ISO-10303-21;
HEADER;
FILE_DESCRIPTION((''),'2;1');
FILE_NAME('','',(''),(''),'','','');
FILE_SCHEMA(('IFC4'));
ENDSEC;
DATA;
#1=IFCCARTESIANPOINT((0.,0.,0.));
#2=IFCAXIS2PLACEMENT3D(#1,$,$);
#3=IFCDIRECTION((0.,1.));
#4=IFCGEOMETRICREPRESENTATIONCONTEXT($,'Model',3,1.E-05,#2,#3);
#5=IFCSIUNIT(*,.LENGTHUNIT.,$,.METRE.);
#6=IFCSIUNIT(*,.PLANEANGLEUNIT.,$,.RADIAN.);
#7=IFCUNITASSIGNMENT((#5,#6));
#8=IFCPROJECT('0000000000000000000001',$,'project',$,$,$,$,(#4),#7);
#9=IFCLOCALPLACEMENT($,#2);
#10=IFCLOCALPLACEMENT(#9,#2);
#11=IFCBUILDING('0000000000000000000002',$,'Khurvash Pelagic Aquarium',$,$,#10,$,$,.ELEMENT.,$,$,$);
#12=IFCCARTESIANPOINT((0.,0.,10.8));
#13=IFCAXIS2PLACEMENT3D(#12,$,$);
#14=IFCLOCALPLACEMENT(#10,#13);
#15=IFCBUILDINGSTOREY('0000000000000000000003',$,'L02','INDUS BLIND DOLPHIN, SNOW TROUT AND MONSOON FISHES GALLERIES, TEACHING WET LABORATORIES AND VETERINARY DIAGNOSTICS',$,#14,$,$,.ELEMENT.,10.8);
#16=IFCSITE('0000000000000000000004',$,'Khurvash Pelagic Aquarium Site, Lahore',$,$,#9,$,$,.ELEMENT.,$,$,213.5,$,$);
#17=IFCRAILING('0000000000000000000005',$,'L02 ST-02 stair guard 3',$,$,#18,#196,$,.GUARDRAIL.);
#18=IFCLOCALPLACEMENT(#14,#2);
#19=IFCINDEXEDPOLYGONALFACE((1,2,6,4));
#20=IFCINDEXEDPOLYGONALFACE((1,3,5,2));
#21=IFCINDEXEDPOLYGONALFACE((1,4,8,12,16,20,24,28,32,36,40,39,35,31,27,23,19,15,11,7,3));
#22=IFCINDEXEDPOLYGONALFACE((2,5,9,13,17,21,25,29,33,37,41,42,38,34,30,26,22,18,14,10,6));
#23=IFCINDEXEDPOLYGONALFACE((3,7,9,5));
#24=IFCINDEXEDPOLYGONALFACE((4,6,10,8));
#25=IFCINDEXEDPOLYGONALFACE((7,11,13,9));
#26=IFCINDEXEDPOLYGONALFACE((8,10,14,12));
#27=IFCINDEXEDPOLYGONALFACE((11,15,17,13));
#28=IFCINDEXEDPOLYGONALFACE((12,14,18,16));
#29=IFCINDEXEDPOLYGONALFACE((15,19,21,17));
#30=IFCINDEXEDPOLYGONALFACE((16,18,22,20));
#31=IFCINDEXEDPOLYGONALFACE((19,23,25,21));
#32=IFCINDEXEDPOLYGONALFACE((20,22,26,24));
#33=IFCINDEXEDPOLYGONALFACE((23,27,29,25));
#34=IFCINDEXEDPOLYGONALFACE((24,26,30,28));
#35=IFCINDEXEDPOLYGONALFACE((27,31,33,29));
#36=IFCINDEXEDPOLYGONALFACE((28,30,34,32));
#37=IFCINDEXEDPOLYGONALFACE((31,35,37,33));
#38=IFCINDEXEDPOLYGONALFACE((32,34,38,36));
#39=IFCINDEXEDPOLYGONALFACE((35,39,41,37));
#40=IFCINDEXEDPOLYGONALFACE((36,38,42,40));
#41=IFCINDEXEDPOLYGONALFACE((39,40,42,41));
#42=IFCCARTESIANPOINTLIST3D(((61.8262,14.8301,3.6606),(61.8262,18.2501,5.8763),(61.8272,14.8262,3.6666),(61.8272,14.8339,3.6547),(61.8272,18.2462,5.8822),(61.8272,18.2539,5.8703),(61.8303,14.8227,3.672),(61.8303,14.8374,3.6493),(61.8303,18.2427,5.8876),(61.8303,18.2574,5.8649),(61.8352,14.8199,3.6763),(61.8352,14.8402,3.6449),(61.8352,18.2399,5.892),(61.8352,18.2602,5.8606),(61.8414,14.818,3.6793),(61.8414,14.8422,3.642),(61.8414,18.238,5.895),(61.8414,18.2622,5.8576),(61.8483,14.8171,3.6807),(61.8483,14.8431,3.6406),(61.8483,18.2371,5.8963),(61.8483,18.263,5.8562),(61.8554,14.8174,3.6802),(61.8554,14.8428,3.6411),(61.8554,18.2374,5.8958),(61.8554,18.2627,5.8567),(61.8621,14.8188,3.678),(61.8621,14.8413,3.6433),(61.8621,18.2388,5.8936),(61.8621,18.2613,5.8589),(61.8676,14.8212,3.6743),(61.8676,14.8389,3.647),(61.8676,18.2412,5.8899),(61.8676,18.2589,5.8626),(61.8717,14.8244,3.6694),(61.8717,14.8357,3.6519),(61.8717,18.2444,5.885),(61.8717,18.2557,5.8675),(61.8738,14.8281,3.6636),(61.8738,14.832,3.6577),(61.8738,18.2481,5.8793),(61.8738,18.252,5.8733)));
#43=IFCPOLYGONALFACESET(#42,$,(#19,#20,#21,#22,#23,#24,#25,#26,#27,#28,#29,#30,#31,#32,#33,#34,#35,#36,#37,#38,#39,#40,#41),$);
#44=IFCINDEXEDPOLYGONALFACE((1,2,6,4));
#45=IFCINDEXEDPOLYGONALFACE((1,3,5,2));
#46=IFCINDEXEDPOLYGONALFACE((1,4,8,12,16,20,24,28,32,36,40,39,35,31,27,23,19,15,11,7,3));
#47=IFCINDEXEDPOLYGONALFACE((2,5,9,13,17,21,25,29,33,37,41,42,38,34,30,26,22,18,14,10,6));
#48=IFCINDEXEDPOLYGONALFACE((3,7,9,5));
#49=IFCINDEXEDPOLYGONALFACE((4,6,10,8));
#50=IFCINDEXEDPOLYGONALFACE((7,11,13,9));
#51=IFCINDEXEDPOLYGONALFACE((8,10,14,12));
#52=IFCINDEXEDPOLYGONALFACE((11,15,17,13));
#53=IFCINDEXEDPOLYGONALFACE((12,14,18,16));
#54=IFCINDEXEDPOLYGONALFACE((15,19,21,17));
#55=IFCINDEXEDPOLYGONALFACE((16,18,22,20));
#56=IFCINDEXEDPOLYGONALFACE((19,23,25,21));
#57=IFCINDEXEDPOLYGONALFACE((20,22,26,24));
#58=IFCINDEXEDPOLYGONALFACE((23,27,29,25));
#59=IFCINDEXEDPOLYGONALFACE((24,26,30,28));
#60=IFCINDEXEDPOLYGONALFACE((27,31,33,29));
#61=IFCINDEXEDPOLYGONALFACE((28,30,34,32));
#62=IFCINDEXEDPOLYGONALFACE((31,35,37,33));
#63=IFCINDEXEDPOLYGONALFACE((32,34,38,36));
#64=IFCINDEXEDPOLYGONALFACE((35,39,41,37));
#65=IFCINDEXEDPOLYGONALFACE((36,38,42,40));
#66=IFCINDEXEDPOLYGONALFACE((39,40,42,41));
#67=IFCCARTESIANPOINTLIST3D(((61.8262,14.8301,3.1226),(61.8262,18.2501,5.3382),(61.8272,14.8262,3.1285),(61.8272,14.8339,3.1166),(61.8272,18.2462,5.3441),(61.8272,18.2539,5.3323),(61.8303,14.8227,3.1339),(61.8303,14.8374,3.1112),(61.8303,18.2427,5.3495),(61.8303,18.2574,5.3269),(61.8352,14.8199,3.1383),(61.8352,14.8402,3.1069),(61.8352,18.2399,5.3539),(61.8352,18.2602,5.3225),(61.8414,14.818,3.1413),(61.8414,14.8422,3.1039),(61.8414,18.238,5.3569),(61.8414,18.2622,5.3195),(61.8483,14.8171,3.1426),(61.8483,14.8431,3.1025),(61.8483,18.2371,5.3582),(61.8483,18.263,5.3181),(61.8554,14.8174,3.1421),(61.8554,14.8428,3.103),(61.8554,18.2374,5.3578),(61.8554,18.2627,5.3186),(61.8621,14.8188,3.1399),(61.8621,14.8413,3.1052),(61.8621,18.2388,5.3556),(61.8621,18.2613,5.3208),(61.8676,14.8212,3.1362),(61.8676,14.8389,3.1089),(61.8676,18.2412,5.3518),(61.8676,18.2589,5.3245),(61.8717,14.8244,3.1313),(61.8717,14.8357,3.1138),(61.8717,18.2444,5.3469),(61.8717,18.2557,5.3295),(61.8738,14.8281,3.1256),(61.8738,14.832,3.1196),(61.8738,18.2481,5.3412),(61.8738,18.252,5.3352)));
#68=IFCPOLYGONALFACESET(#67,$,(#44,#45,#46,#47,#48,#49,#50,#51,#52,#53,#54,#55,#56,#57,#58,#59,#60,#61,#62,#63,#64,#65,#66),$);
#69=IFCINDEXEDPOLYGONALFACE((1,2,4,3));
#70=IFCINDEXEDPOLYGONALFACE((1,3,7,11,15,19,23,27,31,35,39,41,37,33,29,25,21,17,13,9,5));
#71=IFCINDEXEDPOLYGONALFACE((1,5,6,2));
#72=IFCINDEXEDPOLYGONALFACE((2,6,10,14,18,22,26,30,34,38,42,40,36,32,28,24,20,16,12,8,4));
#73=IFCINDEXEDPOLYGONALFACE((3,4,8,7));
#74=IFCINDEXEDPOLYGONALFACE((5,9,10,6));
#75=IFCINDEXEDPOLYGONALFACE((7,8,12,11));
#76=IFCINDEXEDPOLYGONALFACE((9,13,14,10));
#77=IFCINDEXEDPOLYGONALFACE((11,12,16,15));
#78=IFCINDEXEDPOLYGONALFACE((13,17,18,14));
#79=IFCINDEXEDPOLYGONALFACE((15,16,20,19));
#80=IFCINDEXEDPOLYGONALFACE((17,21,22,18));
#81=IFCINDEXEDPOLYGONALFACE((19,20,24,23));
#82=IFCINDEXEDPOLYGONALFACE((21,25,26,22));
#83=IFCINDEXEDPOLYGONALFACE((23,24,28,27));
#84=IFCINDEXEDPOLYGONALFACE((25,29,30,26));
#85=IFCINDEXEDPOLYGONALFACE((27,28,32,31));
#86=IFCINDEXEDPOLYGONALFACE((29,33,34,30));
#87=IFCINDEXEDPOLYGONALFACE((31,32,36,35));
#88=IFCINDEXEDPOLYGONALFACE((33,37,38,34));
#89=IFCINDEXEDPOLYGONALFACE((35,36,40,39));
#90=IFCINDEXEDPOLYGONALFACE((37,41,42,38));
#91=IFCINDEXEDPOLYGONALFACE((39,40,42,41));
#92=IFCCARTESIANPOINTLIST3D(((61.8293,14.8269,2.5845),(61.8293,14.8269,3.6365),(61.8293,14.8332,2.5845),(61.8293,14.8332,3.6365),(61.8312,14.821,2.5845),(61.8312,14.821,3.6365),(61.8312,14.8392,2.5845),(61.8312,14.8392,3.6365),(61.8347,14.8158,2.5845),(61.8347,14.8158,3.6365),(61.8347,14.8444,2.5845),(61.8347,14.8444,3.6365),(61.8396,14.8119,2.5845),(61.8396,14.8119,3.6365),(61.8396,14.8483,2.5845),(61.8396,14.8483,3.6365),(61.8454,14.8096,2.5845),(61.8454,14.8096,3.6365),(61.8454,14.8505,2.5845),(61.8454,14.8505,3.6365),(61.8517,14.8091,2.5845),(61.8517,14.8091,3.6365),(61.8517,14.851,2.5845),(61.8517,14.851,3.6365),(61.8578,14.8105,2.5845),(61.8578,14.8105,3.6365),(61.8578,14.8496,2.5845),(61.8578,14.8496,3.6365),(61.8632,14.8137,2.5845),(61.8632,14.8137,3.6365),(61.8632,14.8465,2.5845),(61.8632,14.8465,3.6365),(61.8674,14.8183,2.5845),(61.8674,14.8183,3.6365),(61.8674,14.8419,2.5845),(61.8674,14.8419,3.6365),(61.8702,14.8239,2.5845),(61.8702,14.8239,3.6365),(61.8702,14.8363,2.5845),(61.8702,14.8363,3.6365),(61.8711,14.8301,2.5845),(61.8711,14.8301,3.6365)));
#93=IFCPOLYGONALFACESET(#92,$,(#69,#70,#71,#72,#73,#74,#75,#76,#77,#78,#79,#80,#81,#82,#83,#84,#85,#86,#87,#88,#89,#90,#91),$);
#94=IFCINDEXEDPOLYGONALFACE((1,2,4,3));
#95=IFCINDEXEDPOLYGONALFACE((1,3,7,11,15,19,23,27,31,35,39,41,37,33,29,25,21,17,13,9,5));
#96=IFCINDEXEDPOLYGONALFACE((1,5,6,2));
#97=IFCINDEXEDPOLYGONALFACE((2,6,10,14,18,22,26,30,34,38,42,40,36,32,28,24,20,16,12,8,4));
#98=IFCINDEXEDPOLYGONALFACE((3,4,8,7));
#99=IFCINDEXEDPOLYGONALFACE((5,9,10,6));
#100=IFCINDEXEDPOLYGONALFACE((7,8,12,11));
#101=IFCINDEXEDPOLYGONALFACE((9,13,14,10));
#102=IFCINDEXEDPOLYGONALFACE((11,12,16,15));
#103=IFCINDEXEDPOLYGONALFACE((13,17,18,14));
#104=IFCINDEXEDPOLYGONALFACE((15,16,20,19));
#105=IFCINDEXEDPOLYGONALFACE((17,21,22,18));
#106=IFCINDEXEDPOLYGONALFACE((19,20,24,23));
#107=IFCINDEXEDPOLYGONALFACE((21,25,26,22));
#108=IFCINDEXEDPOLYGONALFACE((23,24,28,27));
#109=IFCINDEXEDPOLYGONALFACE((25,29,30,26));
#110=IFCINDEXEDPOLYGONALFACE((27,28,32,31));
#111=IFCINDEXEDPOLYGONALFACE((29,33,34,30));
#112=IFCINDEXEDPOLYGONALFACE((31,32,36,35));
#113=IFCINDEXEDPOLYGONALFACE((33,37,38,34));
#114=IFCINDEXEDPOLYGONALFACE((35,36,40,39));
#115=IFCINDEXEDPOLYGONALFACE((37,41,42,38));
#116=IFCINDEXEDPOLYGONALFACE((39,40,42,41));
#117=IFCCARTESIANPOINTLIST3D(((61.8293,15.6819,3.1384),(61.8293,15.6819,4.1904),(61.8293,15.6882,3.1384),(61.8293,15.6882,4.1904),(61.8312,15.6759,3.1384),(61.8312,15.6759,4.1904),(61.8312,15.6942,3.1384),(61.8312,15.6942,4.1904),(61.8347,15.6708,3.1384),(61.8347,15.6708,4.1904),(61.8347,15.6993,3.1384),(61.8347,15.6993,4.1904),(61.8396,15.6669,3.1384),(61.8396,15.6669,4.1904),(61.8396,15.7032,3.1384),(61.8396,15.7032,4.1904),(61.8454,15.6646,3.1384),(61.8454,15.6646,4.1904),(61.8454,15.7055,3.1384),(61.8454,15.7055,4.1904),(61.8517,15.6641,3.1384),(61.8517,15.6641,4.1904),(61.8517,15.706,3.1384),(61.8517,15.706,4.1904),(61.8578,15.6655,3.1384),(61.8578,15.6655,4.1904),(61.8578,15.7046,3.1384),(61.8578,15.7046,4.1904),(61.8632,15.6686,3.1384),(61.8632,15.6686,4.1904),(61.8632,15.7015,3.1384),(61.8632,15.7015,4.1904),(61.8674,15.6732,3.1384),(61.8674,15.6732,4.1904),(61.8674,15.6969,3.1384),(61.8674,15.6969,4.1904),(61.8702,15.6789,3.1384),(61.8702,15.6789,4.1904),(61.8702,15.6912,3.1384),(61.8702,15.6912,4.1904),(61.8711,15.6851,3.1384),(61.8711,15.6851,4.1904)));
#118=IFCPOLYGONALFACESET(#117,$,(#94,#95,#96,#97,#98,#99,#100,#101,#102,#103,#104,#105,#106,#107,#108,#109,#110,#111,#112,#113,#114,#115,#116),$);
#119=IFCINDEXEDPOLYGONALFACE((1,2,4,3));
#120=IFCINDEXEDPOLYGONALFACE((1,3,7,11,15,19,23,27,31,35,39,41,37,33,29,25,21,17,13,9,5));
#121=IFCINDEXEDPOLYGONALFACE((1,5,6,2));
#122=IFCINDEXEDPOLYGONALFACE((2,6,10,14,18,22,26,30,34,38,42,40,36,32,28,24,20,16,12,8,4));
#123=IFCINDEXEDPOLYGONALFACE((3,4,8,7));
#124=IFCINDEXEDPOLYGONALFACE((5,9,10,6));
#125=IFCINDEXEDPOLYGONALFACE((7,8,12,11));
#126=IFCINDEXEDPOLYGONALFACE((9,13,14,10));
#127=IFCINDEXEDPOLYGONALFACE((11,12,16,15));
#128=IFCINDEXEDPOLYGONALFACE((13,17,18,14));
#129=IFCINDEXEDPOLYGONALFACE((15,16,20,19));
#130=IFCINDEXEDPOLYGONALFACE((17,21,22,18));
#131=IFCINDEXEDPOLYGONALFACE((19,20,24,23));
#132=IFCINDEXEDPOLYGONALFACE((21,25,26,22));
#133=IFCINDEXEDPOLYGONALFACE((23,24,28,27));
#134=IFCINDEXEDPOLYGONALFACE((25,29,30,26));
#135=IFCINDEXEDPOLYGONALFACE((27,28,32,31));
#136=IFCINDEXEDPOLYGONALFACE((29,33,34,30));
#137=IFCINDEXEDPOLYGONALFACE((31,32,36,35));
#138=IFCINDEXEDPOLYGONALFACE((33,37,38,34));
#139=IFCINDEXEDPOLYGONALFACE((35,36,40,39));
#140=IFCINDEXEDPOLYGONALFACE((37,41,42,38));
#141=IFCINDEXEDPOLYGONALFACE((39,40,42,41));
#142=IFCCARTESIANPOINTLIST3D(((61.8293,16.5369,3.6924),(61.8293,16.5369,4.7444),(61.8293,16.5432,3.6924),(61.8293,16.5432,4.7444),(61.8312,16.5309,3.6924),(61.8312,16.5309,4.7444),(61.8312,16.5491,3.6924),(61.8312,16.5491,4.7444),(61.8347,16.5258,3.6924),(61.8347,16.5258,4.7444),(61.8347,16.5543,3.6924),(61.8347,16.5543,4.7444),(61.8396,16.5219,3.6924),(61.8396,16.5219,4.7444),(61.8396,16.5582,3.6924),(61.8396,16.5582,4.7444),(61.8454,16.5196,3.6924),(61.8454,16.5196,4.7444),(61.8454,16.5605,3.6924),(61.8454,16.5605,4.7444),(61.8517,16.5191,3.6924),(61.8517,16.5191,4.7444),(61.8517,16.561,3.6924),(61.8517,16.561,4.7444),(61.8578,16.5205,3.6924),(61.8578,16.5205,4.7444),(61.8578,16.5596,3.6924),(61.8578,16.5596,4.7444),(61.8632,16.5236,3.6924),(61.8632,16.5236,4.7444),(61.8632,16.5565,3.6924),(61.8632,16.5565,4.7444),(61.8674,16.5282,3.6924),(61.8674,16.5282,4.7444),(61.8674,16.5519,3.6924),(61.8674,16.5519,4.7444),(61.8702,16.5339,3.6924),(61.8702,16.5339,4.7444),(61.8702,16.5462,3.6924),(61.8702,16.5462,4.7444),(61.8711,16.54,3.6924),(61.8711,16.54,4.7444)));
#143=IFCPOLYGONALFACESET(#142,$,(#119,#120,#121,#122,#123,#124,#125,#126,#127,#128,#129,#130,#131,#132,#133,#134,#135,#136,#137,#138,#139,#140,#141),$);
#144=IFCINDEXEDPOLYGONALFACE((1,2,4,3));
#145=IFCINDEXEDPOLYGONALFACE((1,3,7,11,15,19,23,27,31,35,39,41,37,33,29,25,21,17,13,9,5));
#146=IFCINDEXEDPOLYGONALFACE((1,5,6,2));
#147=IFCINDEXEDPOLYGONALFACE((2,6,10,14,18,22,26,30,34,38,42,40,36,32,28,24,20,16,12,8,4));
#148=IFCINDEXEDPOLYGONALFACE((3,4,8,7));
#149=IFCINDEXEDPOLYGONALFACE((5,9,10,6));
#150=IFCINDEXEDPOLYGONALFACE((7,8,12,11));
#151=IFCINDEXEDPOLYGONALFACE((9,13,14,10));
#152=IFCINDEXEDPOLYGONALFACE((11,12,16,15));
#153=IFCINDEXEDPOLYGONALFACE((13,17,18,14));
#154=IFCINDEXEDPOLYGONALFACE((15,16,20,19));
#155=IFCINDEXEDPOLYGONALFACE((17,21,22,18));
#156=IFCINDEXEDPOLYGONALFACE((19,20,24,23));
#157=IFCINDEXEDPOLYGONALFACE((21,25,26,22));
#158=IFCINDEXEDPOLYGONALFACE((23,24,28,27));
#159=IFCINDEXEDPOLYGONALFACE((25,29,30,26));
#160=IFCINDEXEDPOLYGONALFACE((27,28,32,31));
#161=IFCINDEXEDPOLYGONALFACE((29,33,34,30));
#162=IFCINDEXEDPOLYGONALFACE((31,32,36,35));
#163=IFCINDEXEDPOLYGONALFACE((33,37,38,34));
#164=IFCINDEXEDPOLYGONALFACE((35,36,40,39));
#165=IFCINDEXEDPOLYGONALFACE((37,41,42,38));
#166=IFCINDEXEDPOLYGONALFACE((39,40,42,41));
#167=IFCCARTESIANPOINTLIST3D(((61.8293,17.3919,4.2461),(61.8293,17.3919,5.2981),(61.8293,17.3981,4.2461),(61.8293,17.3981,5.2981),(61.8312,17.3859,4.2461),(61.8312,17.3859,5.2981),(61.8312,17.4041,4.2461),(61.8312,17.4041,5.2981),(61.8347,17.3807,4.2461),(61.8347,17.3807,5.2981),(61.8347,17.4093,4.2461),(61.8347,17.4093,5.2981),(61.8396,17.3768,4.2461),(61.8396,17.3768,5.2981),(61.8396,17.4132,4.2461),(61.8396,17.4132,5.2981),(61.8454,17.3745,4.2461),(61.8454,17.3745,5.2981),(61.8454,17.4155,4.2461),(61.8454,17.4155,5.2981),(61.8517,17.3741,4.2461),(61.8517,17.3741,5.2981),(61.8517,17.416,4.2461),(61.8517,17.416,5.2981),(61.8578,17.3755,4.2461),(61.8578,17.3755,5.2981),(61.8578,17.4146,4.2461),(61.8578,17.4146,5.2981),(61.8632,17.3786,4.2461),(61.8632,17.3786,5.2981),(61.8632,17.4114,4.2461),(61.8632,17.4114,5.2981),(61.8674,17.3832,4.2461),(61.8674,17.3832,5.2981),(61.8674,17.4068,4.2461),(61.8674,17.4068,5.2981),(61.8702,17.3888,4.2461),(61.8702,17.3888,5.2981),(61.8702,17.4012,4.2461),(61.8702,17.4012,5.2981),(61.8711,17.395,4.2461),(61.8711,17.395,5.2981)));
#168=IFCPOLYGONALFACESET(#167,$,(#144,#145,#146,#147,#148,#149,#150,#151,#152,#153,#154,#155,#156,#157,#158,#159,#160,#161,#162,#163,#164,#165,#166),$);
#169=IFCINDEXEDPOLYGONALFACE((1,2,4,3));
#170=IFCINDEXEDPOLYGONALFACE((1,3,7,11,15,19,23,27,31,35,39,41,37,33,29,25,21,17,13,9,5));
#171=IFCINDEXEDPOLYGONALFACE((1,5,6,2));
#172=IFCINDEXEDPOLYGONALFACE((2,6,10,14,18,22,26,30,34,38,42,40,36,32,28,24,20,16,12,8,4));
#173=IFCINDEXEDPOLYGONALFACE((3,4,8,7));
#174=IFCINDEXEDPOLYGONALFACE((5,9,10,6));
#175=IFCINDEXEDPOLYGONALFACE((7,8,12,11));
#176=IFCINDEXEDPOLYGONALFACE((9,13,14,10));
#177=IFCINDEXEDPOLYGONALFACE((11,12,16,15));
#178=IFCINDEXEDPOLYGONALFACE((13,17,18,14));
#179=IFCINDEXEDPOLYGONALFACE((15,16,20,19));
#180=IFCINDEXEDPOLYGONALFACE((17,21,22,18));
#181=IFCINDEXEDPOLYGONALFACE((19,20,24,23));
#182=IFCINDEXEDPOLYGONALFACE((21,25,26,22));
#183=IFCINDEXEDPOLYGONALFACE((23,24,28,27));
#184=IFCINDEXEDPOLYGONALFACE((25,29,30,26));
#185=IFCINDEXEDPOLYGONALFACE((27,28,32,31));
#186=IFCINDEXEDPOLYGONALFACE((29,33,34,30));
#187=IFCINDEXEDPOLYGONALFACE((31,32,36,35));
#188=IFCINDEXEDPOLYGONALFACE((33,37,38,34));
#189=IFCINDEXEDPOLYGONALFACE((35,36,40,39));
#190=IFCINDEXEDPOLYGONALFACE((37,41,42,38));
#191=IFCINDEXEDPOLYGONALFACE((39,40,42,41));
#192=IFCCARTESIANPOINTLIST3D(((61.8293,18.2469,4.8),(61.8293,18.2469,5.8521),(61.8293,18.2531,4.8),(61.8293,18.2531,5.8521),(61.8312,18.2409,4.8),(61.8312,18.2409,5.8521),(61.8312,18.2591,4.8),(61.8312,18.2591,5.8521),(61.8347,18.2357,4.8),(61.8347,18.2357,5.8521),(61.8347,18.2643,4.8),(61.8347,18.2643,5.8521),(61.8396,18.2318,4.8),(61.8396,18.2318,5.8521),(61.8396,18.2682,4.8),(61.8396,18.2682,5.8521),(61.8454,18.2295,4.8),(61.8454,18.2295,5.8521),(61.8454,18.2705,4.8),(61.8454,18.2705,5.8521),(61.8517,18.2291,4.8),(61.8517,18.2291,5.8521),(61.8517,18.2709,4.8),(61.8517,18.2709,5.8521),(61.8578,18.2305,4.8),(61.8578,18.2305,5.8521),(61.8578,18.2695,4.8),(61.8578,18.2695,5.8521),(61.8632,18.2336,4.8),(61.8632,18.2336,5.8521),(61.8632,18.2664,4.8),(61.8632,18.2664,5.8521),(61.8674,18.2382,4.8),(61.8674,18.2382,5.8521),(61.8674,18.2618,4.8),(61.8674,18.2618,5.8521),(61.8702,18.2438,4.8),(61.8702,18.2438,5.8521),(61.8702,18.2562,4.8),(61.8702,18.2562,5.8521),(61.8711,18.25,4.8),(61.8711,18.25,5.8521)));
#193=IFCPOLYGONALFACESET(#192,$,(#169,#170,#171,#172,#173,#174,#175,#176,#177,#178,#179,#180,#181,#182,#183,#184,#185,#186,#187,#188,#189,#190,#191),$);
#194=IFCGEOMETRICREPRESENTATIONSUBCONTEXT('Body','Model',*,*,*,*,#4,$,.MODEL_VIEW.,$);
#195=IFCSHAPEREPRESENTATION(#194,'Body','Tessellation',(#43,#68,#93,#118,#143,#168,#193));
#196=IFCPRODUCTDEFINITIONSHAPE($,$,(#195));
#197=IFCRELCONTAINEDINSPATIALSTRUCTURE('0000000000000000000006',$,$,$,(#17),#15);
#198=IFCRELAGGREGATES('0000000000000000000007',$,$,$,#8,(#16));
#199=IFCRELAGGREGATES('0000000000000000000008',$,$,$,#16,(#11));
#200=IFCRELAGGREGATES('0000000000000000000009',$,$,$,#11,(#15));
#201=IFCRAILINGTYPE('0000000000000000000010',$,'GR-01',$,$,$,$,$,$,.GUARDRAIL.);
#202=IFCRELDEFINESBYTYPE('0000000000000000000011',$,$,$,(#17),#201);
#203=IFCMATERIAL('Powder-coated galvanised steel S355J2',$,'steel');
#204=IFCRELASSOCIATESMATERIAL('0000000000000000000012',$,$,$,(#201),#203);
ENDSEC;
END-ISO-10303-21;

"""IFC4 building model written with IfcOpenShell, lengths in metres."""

from ifc_helpers import new_model, si_unit, direction, frame, origin, origin_2d, place, context, subcontext, project, spatial, circle, extrude, material, type_object, element, save


model = new_model("IFC4")

# Units and contexts
model_context = context("Model", 3, precision=1e-05, world=origin(), true_north=direction((0.0, 1.0)))
body_context = subcontext(model_context, "Body", "Model", "MODEL_VIEW")
ifc_project = project(units=[si_unit("LENGTHUNIT", "METRE"), si_unit("PLANEANGLEUNIT", "RADIAN")], contexts=[model_context])

# Site, building, storey
site_placement = place(None, origin())
site = spatial("IfcSite", under=ifc_project, at=site_placement, Name="Khurvash Pelagic Aquarium Site, Lahore", CompositionType="ELEMENT", RefElevation=213.5)
building_placement = place(site_placement, origin())
building = spatial("IfcBuilding", under=site, at=building_placement, Name="Khurvash Pelagic Aquarium", CompositionType="ELEMENT")
storey_placement = place(building_placement, frame((0.0, 0.0, 10.8)))
storey = spatial("IfcBuildingStorey", under=building, at=storey_placement, Name="L02", Description="INDUS BLIND DOLPHIN, SNOW TROUT AND MONSOON FISHES GALLERIES, TEACHING WET LABORATORIES AND VETERINARY DIAGNOSTICS", CompositionType="ELEMENT", Elevation=10.8)

# Railing
ifc_material_1 = material(Name="Powder-coated galvanised steel S355J2", Category="steel")
railing_type_1 = type_object("IfcRailingType", Name="GR-01", PredefinedType="GUARDRAIL", material=ifc_material_1)
railing_1_placement = place(storey_placement, frame((61.8501, 14.8301, 2.5845)))
element("IfcRailing", 1, at=railing_1_placement, inside=storey, type_object=railing_type_1, Name="L02 ST-02 stair guard 3", PredefinedType="GUARDRAIL", context=body_context, shape_type="SweptSolid", body=[
    extrude(circle(Radius=0.0239, at=origin_2d()), frame((0.0, 0.0, 1.0762), z_axis=(0.0, 0.839269, 0.543716), x_axis=(-1.0, 0.0, 0.0)), (0.0, 0.0, 1.0), 4.075),
    extrude(circle(Radius=0.0239, at=origin_2d()), frame((0.0, 0.0, 0.5381), z_axis=(0.0, 0.839269, 0.543716), x_axis=(-1.0, 0.0, 0.0)), (0.0, 0.0, 1.0), 4.075),
    extrude(circle(Radius=0.021, at=origin_2d()), origin(), (0.0, 0.0, 1.0), 1.052),
    extrude(circle(Radius=0.021, at=origin_2d()), frame((0.0, 0.855, 0.554)), (0.0, 0.0, 1.0), 1.052),
    extrude(circle(Radius=0.021, at=origin_2d()), frame((0.0, 1.71, 1.1079)), (0.0, 0.0, 1.0), 1.052),
    extrude(circle(Radius=0.021, at=origin_2d()), frame((0.0, 2.5649, 1.6616)), (0.0, 0.0, 1.0), 1.052),
    extrude(circle(Radius=0.021, at=origin_2d()), frame((0.0, 3.4199, 2.2156)), (0.0, 0.0, 1.0), 1.052),
])

save(model, "model.ifc")
